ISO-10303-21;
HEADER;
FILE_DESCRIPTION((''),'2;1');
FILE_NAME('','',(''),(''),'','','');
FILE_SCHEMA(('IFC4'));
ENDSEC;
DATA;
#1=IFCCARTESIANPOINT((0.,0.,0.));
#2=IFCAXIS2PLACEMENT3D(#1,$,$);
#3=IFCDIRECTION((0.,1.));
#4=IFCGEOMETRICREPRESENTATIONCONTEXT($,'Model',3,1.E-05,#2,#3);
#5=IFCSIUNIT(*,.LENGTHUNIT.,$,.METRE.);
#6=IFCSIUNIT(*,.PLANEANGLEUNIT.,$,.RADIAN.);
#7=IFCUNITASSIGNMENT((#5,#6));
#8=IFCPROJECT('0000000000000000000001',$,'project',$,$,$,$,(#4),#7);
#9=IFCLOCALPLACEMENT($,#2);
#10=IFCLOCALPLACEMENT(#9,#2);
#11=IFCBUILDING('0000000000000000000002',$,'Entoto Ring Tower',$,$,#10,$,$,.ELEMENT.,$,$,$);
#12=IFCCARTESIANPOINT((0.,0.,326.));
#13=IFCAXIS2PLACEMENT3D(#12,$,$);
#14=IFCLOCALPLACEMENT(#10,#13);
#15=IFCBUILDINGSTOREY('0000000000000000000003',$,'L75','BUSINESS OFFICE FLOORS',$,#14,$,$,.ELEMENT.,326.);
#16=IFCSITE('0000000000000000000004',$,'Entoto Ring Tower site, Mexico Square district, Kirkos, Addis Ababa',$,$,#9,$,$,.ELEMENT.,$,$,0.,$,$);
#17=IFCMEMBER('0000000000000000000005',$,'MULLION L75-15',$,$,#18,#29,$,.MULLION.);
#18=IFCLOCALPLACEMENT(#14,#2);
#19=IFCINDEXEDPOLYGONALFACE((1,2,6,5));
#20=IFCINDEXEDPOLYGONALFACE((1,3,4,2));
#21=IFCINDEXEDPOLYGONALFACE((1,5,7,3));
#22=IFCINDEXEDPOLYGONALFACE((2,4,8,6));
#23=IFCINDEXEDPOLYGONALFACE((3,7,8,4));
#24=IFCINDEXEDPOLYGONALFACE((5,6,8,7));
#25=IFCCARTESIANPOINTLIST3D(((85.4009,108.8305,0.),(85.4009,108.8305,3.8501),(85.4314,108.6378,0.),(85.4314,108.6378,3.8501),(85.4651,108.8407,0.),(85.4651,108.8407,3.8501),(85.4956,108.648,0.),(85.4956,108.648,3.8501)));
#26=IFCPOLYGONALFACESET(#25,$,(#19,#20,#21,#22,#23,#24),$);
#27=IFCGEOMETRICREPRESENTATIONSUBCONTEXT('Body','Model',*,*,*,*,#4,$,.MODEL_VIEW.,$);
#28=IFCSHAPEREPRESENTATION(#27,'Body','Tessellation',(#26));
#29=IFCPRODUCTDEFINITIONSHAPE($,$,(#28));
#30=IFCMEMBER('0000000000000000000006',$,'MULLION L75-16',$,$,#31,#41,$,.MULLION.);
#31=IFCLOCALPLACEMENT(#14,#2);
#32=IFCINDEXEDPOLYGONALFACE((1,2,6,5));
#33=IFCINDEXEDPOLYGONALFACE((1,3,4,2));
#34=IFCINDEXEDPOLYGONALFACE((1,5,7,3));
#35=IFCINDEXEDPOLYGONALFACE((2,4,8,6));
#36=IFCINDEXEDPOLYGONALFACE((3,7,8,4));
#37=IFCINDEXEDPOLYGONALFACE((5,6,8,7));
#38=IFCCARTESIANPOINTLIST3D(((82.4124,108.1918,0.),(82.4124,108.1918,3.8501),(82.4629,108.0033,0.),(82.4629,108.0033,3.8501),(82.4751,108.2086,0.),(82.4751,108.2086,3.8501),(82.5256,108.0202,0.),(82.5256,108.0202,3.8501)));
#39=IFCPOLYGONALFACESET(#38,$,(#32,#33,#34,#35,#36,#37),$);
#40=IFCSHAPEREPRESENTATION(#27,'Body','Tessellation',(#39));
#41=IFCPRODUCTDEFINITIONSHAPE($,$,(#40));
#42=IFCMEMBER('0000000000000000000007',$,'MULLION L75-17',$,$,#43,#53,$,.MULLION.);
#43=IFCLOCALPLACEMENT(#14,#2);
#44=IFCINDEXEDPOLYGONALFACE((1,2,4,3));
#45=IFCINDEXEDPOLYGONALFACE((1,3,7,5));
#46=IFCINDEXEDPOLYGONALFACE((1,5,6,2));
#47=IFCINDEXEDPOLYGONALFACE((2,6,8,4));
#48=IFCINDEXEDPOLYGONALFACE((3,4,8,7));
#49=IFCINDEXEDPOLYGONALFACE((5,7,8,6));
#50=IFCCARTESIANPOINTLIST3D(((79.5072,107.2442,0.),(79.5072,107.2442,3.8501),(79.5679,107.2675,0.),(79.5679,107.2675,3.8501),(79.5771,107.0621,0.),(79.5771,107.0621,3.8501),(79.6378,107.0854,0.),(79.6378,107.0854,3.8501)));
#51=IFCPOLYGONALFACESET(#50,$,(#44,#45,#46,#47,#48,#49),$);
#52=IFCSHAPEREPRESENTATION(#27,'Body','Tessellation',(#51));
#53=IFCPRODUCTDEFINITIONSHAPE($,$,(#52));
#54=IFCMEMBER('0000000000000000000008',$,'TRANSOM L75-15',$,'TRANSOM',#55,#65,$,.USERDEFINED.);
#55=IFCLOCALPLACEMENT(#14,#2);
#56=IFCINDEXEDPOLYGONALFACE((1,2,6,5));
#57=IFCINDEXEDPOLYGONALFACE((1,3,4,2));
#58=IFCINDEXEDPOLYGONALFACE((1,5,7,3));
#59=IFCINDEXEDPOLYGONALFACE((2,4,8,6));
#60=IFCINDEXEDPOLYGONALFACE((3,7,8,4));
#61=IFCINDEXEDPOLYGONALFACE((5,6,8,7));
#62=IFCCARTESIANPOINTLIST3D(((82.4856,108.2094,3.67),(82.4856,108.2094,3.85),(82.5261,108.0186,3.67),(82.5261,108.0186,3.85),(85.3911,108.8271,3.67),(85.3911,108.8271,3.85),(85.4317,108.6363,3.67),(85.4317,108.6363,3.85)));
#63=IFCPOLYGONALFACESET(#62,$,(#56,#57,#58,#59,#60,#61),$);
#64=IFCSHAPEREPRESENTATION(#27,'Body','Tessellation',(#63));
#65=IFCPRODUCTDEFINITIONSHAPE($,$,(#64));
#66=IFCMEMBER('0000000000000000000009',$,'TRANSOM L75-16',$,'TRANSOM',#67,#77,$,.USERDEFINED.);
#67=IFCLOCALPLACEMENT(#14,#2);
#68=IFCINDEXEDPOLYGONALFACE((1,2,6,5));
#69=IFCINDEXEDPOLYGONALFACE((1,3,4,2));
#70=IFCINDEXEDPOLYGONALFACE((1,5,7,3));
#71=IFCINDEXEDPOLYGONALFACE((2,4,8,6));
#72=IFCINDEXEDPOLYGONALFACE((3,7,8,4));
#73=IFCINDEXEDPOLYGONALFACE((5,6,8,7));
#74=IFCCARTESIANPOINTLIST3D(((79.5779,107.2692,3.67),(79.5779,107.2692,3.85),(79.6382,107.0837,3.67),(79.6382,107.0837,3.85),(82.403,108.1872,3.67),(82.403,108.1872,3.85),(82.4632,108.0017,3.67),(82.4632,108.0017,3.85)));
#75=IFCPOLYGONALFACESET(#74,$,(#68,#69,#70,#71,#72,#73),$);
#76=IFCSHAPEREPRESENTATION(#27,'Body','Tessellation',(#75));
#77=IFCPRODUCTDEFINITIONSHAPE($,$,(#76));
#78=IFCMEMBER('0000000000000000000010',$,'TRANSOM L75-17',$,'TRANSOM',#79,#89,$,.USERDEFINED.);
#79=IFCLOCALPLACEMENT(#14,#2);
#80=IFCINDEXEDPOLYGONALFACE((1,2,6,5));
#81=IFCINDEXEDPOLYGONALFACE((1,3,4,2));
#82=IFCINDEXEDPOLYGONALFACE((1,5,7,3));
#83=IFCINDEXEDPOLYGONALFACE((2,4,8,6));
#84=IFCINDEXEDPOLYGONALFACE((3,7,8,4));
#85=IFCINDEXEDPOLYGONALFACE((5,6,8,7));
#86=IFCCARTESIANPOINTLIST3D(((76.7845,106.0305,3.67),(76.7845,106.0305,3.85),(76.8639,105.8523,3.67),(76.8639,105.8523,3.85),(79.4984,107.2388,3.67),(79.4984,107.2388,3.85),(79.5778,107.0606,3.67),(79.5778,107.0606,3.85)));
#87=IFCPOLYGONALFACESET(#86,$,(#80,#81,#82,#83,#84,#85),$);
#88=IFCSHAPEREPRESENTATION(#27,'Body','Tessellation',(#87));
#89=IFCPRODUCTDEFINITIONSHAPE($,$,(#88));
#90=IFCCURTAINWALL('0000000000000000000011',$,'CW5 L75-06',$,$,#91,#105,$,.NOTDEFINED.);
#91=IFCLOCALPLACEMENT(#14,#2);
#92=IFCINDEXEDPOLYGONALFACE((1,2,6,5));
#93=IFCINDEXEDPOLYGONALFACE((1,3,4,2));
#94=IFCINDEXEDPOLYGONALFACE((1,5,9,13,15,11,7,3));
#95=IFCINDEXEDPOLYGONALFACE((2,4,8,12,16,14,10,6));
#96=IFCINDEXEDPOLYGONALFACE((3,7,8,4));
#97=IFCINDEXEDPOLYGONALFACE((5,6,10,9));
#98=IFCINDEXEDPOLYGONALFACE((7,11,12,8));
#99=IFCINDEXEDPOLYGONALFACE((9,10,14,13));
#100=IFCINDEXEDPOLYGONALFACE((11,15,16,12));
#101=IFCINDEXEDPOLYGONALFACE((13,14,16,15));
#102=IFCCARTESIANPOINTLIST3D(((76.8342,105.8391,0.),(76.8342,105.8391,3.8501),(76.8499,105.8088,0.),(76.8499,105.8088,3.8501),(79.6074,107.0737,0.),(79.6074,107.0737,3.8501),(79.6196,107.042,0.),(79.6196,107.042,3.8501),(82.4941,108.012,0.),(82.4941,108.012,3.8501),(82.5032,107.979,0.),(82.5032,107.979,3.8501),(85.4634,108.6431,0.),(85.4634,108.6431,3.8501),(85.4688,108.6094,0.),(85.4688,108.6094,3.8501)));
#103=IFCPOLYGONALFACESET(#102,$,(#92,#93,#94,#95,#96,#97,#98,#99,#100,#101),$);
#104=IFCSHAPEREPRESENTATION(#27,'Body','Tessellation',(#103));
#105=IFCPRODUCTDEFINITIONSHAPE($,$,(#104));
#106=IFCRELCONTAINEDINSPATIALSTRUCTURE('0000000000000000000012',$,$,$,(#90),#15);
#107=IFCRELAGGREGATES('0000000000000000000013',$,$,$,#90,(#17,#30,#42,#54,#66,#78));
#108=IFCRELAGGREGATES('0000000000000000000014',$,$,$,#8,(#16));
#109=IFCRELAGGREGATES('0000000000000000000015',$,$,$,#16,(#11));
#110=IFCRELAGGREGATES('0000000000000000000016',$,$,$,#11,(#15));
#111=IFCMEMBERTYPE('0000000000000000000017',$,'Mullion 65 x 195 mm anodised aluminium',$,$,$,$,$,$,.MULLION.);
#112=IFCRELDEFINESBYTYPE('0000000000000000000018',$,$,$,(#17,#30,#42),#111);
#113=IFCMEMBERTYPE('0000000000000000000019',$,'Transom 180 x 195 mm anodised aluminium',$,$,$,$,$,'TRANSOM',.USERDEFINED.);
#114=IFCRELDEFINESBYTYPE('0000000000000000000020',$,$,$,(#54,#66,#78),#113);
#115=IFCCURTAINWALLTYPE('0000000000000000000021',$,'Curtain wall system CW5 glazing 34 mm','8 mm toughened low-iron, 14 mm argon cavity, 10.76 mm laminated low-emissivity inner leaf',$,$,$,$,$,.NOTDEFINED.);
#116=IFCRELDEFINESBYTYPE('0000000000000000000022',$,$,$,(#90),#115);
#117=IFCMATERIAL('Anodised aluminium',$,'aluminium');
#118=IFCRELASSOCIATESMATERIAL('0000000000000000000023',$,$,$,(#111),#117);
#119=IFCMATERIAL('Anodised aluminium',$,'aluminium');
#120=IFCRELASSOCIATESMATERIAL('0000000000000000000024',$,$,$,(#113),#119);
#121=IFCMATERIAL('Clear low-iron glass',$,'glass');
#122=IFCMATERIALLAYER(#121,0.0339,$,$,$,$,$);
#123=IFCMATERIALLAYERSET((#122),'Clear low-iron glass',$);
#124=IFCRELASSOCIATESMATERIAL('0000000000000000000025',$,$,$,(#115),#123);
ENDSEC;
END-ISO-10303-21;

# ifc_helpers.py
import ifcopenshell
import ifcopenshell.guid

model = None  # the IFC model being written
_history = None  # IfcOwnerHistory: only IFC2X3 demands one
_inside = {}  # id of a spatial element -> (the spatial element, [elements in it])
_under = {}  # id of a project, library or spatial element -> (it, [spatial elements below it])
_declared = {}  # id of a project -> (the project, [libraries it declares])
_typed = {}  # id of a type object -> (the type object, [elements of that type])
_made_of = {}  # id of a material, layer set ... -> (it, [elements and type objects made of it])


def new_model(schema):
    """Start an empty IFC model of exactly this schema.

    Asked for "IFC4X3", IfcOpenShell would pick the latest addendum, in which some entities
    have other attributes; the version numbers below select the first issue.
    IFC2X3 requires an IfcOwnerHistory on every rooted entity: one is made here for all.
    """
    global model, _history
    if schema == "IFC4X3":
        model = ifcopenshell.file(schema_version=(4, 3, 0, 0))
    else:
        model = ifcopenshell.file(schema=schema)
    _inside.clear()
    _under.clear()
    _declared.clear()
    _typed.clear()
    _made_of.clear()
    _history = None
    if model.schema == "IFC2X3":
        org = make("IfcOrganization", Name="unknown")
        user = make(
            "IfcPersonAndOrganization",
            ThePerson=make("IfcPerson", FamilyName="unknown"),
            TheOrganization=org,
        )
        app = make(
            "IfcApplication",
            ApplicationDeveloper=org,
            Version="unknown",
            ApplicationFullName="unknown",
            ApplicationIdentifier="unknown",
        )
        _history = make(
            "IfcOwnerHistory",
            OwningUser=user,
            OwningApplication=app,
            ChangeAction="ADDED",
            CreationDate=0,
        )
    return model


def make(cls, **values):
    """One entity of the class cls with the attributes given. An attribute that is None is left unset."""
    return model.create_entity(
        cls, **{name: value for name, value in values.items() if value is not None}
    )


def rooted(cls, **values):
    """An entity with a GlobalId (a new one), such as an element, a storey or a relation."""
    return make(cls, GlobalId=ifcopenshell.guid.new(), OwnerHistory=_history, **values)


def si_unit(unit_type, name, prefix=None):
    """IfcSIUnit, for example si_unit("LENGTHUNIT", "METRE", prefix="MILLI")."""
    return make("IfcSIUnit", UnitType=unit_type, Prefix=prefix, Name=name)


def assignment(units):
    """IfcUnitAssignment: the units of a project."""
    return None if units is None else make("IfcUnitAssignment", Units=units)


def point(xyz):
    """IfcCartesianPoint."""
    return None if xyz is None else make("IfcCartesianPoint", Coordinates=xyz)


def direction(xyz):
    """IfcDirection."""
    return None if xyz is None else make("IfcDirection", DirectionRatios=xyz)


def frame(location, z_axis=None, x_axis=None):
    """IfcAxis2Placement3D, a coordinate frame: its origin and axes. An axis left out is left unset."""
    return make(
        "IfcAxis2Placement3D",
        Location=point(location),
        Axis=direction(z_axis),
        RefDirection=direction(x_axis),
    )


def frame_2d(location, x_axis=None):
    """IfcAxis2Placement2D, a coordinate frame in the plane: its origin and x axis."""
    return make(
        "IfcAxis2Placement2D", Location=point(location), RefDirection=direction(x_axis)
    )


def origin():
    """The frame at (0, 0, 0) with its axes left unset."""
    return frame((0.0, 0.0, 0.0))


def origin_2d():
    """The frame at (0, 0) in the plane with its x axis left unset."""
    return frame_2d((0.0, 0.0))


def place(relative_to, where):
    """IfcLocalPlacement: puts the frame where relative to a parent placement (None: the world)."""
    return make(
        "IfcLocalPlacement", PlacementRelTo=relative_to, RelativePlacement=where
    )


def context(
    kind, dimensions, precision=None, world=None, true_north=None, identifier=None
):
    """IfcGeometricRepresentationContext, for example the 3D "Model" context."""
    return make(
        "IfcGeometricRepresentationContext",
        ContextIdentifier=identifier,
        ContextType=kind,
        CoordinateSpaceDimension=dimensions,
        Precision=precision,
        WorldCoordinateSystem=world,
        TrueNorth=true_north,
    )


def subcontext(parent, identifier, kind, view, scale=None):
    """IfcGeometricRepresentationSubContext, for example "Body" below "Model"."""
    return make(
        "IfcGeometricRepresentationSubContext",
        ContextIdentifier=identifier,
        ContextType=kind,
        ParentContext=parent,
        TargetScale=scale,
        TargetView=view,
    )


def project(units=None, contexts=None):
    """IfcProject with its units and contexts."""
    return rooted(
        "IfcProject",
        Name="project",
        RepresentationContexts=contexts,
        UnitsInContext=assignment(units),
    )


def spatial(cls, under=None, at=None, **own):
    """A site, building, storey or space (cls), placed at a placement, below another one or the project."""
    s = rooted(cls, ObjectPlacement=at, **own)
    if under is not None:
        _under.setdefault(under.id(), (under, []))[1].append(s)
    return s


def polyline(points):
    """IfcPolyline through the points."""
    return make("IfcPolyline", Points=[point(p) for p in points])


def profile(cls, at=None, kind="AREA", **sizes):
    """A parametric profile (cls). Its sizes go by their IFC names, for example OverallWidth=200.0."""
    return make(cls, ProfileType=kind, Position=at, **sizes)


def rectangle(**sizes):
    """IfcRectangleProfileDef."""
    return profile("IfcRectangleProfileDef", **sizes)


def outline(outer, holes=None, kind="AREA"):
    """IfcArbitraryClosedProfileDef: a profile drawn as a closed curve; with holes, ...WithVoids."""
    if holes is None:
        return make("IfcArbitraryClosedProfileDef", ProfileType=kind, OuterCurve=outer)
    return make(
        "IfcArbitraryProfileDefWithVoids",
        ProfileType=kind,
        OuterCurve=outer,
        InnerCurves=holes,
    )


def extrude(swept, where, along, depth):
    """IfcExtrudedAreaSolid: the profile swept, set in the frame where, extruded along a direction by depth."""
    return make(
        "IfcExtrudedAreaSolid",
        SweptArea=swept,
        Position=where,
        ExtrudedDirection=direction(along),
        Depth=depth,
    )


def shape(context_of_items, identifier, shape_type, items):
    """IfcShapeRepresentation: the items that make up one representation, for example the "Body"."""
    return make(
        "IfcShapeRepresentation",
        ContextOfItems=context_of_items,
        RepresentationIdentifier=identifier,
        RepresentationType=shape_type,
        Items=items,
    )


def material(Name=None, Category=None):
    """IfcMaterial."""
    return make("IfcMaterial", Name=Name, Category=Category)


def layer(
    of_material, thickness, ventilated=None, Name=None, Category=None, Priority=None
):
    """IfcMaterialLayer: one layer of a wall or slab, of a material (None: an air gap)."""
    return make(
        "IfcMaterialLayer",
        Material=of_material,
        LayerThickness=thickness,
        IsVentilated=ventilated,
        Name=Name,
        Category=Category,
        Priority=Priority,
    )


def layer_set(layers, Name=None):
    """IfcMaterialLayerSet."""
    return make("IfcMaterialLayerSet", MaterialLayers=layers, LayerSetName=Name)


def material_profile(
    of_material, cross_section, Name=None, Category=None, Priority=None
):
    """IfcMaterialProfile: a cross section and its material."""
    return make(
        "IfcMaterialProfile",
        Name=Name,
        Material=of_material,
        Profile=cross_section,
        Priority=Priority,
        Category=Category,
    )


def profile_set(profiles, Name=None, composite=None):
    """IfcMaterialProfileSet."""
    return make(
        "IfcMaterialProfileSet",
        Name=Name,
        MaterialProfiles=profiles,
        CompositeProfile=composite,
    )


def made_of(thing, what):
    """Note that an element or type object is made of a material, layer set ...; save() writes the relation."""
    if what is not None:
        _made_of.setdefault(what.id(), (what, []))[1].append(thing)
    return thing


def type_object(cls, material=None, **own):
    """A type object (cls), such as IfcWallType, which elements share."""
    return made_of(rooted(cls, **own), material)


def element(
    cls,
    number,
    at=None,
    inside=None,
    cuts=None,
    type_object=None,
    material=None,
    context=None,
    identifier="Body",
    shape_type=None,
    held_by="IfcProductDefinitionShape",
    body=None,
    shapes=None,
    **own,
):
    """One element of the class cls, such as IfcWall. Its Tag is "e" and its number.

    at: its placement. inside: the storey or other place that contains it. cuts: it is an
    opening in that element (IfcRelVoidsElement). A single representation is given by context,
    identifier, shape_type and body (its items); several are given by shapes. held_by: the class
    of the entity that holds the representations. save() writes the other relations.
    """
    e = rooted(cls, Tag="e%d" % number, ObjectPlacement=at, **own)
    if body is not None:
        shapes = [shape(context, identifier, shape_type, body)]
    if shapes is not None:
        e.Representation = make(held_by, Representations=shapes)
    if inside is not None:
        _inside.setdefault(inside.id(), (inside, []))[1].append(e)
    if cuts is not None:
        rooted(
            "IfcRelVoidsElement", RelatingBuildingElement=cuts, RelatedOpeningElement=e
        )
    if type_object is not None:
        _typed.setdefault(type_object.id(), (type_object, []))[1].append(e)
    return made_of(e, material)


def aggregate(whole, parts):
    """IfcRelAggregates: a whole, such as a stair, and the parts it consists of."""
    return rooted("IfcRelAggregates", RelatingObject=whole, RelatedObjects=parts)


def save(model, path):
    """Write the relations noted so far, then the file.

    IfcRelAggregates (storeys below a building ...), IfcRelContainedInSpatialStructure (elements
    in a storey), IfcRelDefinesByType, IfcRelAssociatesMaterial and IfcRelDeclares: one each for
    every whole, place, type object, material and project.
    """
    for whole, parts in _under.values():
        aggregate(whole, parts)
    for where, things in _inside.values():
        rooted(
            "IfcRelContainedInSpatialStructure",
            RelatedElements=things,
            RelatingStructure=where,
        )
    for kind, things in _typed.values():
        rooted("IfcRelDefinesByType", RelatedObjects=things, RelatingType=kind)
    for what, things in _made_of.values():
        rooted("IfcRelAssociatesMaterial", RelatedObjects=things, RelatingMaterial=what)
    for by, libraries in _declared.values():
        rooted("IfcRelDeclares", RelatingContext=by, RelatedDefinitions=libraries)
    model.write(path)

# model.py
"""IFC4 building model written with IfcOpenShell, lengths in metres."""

from ifc_helpers import new_model, si_unit, direction, frame, origin, origin_2d, place, context, subcontext, project, spatial, polyline, rectangle, outline, extrude, material, layer, layer_set, material_profile, profile_set, type_object, element, aggregate, save


model = new_model("IFC4")

# Units and contexts
model_context = context("Model", 3, precision=1e-05, world=origin(), true_north=direction((0.0, 1.0)))
body_context = subcontext(model_context, "Body", "Model", "MODEL_VIEW")
ifc_project = project(units=[si_unit("LENGTHUNIT", "METRE"), si_unit("PLANEANGLEUNIT", "RADIAN")], contexts=[model_context])

# Members
ifc_material_1 = material(Name="Anodised aluminium", Category="aluminium")
ifc_material_profile_1 = material_profile(ifc_material_1, rectangle(XDim=0.0649, YDim=0.1951, at=origin_2d()), Name="Mullion 65 x 195 mm anodised aluminium")
ifc_profile_set_1 = profile_set([ifc_material_profile_1], Name="Anodised aluminium")
member_type_1 = type_object("IfcMemberType", Name="Mullion 65 x 195 mm anodised aluminium", PredefinedType="MULLION", material=ifc_profile_set_1)
site_placement = place(None, origin())
building_placement = place(site_placement, origin())
storey_placement = place(building_placement, frame((0.0, 0.0, 326.0)))
member_1_placement = place(storey_placement, frame((85.4482, 108.7393, 0.0), z_axis=(0.0, 0.0, 1.0), x_axis=(-0.987688, -0.156434, 0.0)))
member_1 = element("IfcMember", 1, at=member_1_placement, type_object=member_type_1, Name="MULLION L75-15", PredefinedType="MULLION", context=body_context, shape_type="SweptSolid", body=[
    extrude(rectangle(XDim=0.0649, YDim=0.1951, at=origin_2d()), origin(), (0.0, 0.0, 1.0), 3.8501),
])
member_2_placement = place(storey_placement, frame((82.469, 108.106, 0.0), z_axis=(0.0, 0.0, 1.0), x_axis=(-0.965926, -0.258819, 0.0)))
member_2 = element("IfcMember", 2, at=member_2_placement, type_object=member_type_1, Name="MULLION L75-16", PredefinedType="MULLION", context=body_context, shape_type="SweptSolid", body=[
    extrude(rectangle(XDim=0.0649, YDim=0.1951, at=origin_2d()), origin(), (0.0, 0.0, 1.0), 3.8501),
])
member_3_placement = place(storey_placement, frame((79.5725, 107.1648, 0.0), z_axis=(0.0, 0.0, 1.0), x_axis=(-0.93358, -0.358368, 0.0)))
member_3 = element("IfcMember", 3, at=member_3_placement, type_object=member_type_1, Name="MULLION L75-17", PredefinedType="MULLION", context=body_context, shape_type="SweptSolid", body=[
    extrude(rectangle(XDim=0.0649, YDim=0.1951, at=origin_2d()), origin(), (0.0, 0.0, 1.0), 3.8501),
])
ifc_material_2 = material(Name="Anodised aluminium", Category="aluminium")
ifc_material_profile_2 = material_profile(ifc_material_2, rectangle(XDim=0.1951, YDim=0.1799, at=origin_2d()), Name="Transom 180 x 195 mm anodised aluminium")
ifc_profile_set_2 = profile_set([ifc_material_profile_2], Name="Anodised aluminium")
member_type_2 = type_object("IfcMemberType", Name="Transom 180 x 195 mm anodised aluminium", ElementType="TRANSOM", PredefinedType="USERDEFINED", material=ifc_profile_set_2)
member_4_placement = place(storey_placement, frame((85.4114, 108.7317, 3.76), z_axis=(-0.978142, -0.20794, 0.0), x_axis=(0.20794, -0.978142, 0.0)))
member_4 = element("IfcMember", 4, at=member_4_placement, type_object=member_type_2, Name="TRANSOM L75-15", ObjectType="TRANSOM", PredefinedType="USERDEFINED", context=body_context, shape_type="SweptSolid", body=[
    extrude(rectangle(XDim=0.1951, YDim=0.1799, at=origin_2d()), origin(), (0.0, 0.0, 1.0), 2.9705),
])
member_5_placement = place(storey_placement, frame((82.4331, 108.0945, 3.76), z_axis=(-0.951048, -0.309043, 0.0), x_axis=(0.309043, -0.951048, 0.0)))
member_5 = element("IfcMember", 5, at=member_5_placement, type_object=member_type_2, Name="TRANSOM L75-16", ObjectType="TRANSOM", PredefinedType="USERDEFINED", context=body_context, shape_type="SweptSolid", body=[
    extrude(rectangle(XDim=0.1951, YDim=0.1799, at=origin_2d()), origin(), (0.0, 0.0, 1.0), 2.9705),
])
member_6_placement = place(storey_placement, frame((79.5381, 107.1497, 3.76), z_axis=(-0.91355, -0.406726, 0.0), x_axis=(0.406726, -0.91355, 0.0)))
member_6 = element("IfcMember", 6, at=member_6_placement, type_object=member_type_2, Name="TRANSOM L75-17", ObjectType="TRANSOM", PredefinedType="USERDEFINED", context=body_context, shape_type="SweptSolid", body=[
    extrude(rectangle(XDim=0.1951, YDim=0.1799, at=origin_2d()), origin(), (0.0, 0.0, 1.0), 2.9707),
])

# Site, building, storey
site = spatial("IfcSite", under=ifc_project, at=site_placement, Name="Entoto Ring Tower site, Mexico Square district, Kirkos, Addis Ababa", CompositionType="ELEMENT", RefElevation=0.0)
building = spatial("IfcBuilding", under=site, at=building_placement, Name="Entoto Ring Tower", CompositionType="ELEMENT")
storey = spatial("IfcBuildingStorey", under=building, at=storey_placement, Name="L75", Description="BUSINESS OFFICE FLOORS", CompositionType="ELEMENT", Elevation=326.0)

# Curtain wall
ifc_material_3 = material(Name="Clear low-iron glass", Category="glass")
ifc_layer = layer(ifc_material_3, 0.0339)
ifc_layer_set = layer_set([ifc_layer], Name="Clear low-iron glass")
curtain_wall_type = type_object("IfcCurtainWallType", Name="Curtain wall system CW5 glazing 34 mm", Description="8 mm toughened low-iron, 14 mm argon cavity, 10.76 mm laminated low-emissivity inner leaf", PredefinedType="NOTDEFINED", material=ifc_layer_set)
curtain_wall_1_placement = place(storey_placement, origin())
curtain_wall_1 = element("IfcCurtainWall", 7, at=curtain_wall_1_placement, inside=storey, type_object=curtain_wall_type, Name="CW5 L75-06", PredefinedType="NOTDEFINED", context=body_context, shape_type="SweptSolid", body=[
    extrude(outline(polyline([(85.4634, 108.6431), (82.4941, 108.012), (79.6074, 107.0737), (76.8342, 105.8391), (76.8499, 105.8088), (79.6196, 107.042), (82.5032, 107.979), (85.4688, 108.6094), (85.4634, 108.6431)])), origin(), (0.0, 0.0, 1.0), 3.8501),
])
aggregate(curtain_wall_1, [member_1, member_2, member_3, member_4, member_5, member_6])

save(model, "model.ifc")
